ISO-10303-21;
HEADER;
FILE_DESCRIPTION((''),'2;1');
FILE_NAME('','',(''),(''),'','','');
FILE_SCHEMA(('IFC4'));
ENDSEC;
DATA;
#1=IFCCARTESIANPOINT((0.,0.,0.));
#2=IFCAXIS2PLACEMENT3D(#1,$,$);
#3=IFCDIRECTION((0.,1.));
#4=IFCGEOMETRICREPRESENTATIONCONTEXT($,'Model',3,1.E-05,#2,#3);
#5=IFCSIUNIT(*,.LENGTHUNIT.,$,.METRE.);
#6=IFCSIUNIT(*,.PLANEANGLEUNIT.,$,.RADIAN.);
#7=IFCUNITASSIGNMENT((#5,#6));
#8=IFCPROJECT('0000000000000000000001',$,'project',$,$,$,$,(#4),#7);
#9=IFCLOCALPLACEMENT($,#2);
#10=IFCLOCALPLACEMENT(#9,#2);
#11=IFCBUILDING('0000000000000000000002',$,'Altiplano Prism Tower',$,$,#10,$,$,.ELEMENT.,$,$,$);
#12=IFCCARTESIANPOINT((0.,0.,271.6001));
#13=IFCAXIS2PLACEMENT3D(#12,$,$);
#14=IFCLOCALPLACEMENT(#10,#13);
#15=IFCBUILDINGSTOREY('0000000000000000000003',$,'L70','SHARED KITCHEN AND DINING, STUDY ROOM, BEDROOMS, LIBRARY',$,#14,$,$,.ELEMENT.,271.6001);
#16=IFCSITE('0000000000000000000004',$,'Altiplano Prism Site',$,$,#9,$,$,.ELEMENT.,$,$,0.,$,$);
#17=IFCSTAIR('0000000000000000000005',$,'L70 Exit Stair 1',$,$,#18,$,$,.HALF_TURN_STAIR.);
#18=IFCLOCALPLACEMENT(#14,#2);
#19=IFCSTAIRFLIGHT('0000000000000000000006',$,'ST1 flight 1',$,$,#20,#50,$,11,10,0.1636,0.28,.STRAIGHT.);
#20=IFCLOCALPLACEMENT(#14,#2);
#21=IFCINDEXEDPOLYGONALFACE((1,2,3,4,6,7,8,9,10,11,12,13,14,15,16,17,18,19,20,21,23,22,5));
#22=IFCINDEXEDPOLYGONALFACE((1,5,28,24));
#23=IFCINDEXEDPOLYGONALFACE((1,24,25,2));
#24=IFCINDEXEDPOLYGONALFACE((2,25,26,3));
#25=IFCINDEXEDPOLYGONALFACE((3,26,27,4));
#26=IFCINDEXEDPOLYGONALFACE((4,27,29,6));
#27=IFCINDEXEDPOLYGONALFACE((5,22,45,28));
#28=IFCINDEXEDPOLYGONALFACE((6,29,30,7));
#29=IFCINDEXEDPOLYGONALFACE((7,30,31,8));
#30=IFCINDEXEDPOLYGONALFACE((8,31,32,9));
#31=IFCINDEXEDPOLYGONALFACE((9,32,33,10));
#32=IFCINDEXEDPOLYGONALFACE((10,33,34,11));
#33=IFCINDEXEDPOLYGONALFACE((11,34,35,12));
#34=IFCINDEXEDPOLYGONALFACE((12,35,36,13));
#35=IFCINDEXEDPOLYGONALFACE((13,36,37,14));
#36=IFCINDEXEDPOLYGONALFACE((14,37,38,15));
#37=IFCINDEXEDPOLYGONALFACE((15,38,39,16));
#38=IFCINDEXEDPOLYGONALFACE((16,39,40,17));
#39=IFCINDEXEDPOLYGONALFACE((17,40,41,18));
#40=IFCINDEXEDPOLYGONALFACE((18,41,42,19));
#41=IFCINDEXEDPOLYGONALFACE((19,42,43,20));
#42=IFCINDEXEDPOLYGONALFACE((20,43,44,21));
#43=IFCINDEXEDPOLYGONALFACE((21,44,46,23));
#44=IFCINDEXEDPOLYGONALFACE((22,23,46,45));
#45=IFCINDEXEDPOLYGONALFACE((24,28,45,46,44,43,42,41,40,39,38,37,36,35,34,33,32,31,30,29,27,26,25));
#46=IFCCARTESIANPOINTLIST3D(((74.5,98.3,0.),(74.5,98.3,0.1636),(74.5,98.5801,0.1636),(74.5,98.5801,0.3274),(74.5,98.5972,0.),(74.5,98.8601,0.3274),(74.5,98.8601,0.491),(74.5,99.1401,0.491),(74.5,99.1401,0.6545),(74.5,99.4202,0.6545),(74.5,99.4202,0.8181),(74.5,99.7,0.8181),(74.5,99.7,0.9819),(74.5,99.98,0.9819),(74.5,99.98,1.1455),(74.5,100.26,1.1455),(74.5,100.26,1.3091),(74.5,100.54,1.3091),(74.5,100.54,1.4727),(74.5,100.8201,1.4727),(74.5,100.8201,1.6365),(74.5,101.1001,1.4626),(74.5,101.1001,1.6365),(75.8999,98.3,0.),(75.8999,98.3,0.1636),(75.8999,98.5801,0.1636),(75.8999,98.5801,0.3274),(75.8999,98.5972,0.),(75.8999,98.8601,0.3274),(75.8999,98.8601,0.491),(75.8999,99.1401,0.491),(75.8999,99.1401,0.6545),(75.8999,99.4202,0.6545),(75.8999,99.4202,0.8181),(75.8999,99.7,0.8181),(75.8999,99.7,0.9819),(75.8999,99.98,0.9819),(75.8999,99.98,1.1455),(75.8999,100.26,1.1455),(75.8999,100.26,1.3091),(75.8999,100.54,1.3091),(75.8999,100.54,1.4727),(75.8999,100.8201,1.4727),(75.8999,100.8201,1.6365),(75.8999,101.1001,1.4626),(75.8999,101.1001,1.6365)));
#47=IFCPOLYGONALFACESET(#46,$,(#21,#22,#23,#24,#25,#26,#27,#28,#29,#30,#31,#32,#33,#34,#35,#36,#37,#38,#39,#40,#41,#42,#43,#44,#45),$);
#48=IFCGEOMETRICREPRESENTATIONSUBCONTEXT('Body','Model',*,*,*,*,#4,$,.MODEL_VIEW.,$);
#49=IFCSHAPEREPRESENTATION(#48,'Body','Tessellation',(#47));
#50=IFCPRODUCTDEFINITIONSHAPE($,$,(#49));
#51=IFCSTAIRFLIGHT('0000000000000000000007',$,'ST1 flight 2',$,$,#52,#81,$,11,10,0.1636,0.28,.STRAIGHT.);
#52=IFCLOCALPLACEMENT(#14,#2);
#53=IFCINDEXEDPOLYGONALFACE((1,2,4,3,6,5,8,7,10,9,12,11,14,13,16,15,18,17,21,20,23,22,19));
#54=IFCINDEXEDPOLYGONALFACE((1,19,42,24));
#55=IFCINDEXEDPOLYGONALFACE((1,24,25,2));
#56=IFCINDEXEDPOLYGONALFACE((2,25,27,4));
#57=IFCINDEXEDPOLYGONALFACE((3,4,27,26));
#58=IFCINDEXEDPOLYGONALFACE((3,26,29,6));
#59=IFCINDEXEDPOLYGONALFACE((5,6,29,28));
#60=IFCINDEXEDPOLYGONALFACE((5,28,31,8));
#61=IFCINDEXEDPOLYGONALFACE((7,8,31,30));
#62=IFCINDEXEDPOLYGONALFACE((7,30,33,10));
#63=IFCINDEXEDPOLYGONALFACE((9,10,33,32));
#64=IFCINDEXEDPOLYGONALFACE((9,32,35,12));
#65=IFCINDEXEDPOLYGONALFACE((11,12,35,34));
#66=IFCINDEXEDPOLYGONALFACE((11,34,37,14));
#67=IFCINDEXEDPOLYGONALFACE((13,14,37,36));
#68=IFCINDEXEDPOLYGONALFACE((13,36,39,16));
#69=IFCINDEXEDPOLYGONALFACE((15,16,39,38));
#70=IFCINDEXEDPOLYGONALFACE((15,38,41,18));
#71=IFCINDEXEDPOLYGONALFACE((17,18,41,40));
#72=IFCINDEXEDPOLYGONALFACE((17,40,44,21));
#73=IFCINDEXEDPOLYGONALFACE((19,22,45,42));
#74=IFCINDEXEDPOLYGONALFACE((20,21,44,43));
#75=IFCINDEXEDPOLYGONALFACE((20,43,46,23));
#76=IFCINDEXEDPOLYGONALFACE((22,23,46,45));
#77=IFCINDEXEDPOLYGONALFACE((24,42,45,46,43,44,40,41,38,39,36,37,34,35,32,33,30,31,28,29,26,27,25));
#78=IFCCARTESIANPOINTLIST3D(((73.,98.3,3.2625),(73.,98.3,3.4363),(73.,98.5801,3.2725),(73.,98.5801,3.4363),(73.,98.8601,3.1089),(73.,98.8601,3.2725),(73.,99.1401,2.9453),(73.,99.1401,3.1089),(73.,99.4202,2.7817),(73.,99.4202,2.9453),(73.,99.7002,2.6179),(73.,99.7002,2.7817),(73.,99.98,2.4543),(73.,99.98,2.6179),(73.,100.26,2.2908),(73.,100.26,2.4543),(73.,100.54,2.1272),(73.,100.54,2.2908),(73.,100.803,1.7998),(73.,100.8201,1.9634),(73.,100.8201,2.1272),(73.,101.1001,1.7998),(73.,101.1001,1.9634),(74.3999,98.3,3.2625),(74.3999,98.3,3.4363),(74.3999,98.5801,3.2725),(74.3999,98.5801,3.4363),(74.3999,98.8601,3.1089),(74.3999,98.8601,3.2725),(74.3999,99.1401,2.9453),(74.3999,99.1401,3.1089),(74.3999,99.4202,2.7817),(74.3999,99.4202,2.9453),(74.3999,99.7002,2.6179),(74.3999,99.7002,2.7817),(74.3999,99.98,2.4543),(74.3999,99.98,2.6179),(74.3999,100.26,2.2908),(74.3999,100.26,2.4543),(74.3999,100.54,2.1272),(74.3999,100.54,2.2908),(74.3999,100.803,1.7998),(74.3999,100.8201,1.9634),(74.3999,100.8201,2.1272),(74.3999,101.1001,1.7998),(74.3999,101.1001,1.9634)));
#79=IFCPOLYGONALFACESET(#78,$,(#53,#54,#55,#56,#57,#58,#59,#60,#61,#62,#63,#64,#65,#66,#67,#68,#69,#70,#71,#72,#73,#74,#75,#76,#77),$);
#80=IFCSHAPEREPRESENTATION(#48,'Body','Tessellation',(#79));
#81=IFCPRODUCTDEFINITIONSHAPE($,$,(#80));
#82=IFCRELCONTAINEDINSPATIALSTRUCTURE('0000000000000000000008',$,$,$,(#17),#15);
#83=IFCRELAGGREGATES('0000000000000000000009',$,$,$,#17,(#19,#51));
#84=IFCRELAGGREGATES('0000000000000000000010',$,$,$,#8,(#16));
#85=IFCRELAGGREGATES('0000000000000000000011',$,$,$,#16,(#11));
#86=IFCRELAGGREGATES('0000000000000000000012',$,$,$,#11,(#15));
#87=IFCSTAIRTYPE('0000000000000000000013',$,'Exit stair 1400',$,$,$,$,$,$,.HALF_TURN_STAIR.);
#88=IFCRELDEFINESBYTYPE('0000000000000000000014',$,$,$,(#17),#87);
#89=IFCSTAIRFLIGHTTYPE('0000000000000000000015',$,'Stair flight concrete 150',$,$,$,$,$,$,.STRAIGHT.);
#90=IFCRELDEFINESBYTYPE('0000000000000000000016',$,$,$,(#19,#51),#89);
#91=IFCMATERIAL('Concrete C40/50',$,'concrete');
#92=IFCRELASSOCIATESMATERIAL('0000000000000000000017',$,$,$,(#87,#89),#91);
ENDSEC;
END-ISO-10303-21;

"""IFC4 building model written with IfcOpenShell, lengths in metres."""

from ifc_helpers import new_model, si_unit, direction, frame, origin, place, context, subcontext, project, spatial, polyline, outline, extrude, material, type_object, element, aggregate, save


model = new_model("IFC4")

# Units and contexts
model_context = context("Model", 3, precision=1e-05, world=origin(), true_north=direction((0.0, 1.0)))
body_context = subcontext(model_context, "Body", "Model", "MODEL_VIEW")
ifc_project = project(units=[si_unit("LENGTHUNIT", "METRE"), si_unit("PLANEANGLEUNIT", "RADIAN")], contexts=[model_context])

# Site, building, storey
site_placement = place(None, origin())
site = spatial("IfcSite", under=ifc_project, at=site_placement, Name="Altiplano Prism Site", CompositionType="ELEMENT", RefElevation=0.0)
building_placement = place(site_placement, origin())
building = spatial("IfcBuilding", under=site, at=building_placement, Name="Altiplano Prism Tower", CompositionType="ELEMENT")
storey_placement = place(building_placement, frame((0.0, 0.0, 271.6001)))
storey = spatial("IfcBuildingStorey", under=building, at=storey_placement, Name="L70", Description="SHARED KITCHEN AND DINING, STUDY ROOM, BEDROOMS, LIBRARY", CompositionType="ELEMENT", Elevation=271.6001)

# Stair, stair flights
ifc_material_1 = material(Name="Concrete C40/50", Category="concrete")
stair_type = type_object("IfcStairType", Name="Exit stair 1400", PredefinedType="HALF_TURN_STAIR", material=ifc_material_1)
stair_placement = place(storey_placement, origin())
stair = element("IfcStair", 1, at=stair_placement, inside=storey, type_object=stair_type, Name="L70 Exit Stair 1", PredefinedType="HALF_TURN_STAIR")
stair_flight_type = type_object("IfcStairFlightType", Name="Stair flight concrete 150", PredefinedType="STRAIGHT", material=ifc_material_1)
stair_flight_1_placement = place(storey_placement, frame((75.2, 98.3, 0.0), z_axis=(0.0, 0.0, 1.0), x_axis=(0.0, 1.0, 0.0)))
stair_flight_1 = element("IfcStairFlight", 2, at=stair_flight_1_placement, type_object=stair_flight_type, Name="ST1 flight 1", NumberOfRisers=11, NumberOfTreads=10, PredefinedType="STRAIGHT", RiserHeight=0.1636, TreadLength=0.28, context=body_context, shape_type="SweptSolid", body=[
    extrude(outline(polyline([(0.0, 0.0), (0.0, 0.1636), (0.28, 0.1636), (0.28, 0.3274), (0.5601, 0.3274), (0.5601, 0.491), (0.8401, 0.491), (0.8401, 0.6545), (1.1201, 0.6545), (1.1201, 0.8181), (1.3999, 0.8181), (1.3999, 0.9819), (1.6799, 0.9819), (1.6799, 1.1455), (1.96, 1.1455), (1.96, 1.3091), (2.24, 1.3091), (2.24, 1.4727), (2.52, 1.4727), (2.52, 1.6365), (2.8, 1.6365), (2.8, 1.8), (2.8, 1.4626), (0.2971, 0.0), (0.0, 0.0)])), frame((0.0, 0.7, 0.0), z_axis=(0.0, -1.0, 0.0), x_axis=(1.0, 0.0, 0.0)), (0.0, 0.0, 1.0), 1.3999),
])
stair_flight_2_placement = place(storey_placement, frame((73.7, 101.1001, 1.7998), z_axis=(0.0, 0.0, 1.0), x_axis=(0.0, -1.0, 0.0)))
stair_flight_2 = element("IfcStairFlight", 3, at=stair_flight_2_placement, type_object=stair_flight_type, Name="ST1 flight 2", NumberOfRisers=11, NumberOfTreads=10, PredefinedType="STRAIGHT", RiserHeight=0.1636, TreadLength=0.28, context=body_context, shape_type="SweptSolid", body=[
    extrude(outline(polyline([(0.0, 0.0), (0.0, 0.1636), (0.28, 0.1636), (0.28, 0.3274), (0.5601, 0.3274), (0.5601, 0.491), (0.8401, 0.491), (0.8401, 0.6545), (1.1201, 0.6545), (1.1201, 0.8181), (1.3999, 0.8181), (1.3999, 0.9819), (1.6799, 0.9819), (1.6799, 1.1455), (1.96, 1.1455), (1.96, 1.3091), (2.24, 1.3091), (2.24, 1.4727), (2.52, 1.4727), (2.52, 1.6365), (2.8, 1.6365), (2.8, 1.8), (2.8, 1.4626), (0.2971, 0.0), (0.0, 0.0)])), frame((0.0, 0.7, 0.0), z_axis=(0.0, -1.0, 0.0), x_axis=(1.0, 0.0, 0.0)), (0.0, 0.0, 1.0), 1.3999),
])
aggregate(stair, [stair_flight_1, stair_flight_2])

save(model, "model.ifc")
